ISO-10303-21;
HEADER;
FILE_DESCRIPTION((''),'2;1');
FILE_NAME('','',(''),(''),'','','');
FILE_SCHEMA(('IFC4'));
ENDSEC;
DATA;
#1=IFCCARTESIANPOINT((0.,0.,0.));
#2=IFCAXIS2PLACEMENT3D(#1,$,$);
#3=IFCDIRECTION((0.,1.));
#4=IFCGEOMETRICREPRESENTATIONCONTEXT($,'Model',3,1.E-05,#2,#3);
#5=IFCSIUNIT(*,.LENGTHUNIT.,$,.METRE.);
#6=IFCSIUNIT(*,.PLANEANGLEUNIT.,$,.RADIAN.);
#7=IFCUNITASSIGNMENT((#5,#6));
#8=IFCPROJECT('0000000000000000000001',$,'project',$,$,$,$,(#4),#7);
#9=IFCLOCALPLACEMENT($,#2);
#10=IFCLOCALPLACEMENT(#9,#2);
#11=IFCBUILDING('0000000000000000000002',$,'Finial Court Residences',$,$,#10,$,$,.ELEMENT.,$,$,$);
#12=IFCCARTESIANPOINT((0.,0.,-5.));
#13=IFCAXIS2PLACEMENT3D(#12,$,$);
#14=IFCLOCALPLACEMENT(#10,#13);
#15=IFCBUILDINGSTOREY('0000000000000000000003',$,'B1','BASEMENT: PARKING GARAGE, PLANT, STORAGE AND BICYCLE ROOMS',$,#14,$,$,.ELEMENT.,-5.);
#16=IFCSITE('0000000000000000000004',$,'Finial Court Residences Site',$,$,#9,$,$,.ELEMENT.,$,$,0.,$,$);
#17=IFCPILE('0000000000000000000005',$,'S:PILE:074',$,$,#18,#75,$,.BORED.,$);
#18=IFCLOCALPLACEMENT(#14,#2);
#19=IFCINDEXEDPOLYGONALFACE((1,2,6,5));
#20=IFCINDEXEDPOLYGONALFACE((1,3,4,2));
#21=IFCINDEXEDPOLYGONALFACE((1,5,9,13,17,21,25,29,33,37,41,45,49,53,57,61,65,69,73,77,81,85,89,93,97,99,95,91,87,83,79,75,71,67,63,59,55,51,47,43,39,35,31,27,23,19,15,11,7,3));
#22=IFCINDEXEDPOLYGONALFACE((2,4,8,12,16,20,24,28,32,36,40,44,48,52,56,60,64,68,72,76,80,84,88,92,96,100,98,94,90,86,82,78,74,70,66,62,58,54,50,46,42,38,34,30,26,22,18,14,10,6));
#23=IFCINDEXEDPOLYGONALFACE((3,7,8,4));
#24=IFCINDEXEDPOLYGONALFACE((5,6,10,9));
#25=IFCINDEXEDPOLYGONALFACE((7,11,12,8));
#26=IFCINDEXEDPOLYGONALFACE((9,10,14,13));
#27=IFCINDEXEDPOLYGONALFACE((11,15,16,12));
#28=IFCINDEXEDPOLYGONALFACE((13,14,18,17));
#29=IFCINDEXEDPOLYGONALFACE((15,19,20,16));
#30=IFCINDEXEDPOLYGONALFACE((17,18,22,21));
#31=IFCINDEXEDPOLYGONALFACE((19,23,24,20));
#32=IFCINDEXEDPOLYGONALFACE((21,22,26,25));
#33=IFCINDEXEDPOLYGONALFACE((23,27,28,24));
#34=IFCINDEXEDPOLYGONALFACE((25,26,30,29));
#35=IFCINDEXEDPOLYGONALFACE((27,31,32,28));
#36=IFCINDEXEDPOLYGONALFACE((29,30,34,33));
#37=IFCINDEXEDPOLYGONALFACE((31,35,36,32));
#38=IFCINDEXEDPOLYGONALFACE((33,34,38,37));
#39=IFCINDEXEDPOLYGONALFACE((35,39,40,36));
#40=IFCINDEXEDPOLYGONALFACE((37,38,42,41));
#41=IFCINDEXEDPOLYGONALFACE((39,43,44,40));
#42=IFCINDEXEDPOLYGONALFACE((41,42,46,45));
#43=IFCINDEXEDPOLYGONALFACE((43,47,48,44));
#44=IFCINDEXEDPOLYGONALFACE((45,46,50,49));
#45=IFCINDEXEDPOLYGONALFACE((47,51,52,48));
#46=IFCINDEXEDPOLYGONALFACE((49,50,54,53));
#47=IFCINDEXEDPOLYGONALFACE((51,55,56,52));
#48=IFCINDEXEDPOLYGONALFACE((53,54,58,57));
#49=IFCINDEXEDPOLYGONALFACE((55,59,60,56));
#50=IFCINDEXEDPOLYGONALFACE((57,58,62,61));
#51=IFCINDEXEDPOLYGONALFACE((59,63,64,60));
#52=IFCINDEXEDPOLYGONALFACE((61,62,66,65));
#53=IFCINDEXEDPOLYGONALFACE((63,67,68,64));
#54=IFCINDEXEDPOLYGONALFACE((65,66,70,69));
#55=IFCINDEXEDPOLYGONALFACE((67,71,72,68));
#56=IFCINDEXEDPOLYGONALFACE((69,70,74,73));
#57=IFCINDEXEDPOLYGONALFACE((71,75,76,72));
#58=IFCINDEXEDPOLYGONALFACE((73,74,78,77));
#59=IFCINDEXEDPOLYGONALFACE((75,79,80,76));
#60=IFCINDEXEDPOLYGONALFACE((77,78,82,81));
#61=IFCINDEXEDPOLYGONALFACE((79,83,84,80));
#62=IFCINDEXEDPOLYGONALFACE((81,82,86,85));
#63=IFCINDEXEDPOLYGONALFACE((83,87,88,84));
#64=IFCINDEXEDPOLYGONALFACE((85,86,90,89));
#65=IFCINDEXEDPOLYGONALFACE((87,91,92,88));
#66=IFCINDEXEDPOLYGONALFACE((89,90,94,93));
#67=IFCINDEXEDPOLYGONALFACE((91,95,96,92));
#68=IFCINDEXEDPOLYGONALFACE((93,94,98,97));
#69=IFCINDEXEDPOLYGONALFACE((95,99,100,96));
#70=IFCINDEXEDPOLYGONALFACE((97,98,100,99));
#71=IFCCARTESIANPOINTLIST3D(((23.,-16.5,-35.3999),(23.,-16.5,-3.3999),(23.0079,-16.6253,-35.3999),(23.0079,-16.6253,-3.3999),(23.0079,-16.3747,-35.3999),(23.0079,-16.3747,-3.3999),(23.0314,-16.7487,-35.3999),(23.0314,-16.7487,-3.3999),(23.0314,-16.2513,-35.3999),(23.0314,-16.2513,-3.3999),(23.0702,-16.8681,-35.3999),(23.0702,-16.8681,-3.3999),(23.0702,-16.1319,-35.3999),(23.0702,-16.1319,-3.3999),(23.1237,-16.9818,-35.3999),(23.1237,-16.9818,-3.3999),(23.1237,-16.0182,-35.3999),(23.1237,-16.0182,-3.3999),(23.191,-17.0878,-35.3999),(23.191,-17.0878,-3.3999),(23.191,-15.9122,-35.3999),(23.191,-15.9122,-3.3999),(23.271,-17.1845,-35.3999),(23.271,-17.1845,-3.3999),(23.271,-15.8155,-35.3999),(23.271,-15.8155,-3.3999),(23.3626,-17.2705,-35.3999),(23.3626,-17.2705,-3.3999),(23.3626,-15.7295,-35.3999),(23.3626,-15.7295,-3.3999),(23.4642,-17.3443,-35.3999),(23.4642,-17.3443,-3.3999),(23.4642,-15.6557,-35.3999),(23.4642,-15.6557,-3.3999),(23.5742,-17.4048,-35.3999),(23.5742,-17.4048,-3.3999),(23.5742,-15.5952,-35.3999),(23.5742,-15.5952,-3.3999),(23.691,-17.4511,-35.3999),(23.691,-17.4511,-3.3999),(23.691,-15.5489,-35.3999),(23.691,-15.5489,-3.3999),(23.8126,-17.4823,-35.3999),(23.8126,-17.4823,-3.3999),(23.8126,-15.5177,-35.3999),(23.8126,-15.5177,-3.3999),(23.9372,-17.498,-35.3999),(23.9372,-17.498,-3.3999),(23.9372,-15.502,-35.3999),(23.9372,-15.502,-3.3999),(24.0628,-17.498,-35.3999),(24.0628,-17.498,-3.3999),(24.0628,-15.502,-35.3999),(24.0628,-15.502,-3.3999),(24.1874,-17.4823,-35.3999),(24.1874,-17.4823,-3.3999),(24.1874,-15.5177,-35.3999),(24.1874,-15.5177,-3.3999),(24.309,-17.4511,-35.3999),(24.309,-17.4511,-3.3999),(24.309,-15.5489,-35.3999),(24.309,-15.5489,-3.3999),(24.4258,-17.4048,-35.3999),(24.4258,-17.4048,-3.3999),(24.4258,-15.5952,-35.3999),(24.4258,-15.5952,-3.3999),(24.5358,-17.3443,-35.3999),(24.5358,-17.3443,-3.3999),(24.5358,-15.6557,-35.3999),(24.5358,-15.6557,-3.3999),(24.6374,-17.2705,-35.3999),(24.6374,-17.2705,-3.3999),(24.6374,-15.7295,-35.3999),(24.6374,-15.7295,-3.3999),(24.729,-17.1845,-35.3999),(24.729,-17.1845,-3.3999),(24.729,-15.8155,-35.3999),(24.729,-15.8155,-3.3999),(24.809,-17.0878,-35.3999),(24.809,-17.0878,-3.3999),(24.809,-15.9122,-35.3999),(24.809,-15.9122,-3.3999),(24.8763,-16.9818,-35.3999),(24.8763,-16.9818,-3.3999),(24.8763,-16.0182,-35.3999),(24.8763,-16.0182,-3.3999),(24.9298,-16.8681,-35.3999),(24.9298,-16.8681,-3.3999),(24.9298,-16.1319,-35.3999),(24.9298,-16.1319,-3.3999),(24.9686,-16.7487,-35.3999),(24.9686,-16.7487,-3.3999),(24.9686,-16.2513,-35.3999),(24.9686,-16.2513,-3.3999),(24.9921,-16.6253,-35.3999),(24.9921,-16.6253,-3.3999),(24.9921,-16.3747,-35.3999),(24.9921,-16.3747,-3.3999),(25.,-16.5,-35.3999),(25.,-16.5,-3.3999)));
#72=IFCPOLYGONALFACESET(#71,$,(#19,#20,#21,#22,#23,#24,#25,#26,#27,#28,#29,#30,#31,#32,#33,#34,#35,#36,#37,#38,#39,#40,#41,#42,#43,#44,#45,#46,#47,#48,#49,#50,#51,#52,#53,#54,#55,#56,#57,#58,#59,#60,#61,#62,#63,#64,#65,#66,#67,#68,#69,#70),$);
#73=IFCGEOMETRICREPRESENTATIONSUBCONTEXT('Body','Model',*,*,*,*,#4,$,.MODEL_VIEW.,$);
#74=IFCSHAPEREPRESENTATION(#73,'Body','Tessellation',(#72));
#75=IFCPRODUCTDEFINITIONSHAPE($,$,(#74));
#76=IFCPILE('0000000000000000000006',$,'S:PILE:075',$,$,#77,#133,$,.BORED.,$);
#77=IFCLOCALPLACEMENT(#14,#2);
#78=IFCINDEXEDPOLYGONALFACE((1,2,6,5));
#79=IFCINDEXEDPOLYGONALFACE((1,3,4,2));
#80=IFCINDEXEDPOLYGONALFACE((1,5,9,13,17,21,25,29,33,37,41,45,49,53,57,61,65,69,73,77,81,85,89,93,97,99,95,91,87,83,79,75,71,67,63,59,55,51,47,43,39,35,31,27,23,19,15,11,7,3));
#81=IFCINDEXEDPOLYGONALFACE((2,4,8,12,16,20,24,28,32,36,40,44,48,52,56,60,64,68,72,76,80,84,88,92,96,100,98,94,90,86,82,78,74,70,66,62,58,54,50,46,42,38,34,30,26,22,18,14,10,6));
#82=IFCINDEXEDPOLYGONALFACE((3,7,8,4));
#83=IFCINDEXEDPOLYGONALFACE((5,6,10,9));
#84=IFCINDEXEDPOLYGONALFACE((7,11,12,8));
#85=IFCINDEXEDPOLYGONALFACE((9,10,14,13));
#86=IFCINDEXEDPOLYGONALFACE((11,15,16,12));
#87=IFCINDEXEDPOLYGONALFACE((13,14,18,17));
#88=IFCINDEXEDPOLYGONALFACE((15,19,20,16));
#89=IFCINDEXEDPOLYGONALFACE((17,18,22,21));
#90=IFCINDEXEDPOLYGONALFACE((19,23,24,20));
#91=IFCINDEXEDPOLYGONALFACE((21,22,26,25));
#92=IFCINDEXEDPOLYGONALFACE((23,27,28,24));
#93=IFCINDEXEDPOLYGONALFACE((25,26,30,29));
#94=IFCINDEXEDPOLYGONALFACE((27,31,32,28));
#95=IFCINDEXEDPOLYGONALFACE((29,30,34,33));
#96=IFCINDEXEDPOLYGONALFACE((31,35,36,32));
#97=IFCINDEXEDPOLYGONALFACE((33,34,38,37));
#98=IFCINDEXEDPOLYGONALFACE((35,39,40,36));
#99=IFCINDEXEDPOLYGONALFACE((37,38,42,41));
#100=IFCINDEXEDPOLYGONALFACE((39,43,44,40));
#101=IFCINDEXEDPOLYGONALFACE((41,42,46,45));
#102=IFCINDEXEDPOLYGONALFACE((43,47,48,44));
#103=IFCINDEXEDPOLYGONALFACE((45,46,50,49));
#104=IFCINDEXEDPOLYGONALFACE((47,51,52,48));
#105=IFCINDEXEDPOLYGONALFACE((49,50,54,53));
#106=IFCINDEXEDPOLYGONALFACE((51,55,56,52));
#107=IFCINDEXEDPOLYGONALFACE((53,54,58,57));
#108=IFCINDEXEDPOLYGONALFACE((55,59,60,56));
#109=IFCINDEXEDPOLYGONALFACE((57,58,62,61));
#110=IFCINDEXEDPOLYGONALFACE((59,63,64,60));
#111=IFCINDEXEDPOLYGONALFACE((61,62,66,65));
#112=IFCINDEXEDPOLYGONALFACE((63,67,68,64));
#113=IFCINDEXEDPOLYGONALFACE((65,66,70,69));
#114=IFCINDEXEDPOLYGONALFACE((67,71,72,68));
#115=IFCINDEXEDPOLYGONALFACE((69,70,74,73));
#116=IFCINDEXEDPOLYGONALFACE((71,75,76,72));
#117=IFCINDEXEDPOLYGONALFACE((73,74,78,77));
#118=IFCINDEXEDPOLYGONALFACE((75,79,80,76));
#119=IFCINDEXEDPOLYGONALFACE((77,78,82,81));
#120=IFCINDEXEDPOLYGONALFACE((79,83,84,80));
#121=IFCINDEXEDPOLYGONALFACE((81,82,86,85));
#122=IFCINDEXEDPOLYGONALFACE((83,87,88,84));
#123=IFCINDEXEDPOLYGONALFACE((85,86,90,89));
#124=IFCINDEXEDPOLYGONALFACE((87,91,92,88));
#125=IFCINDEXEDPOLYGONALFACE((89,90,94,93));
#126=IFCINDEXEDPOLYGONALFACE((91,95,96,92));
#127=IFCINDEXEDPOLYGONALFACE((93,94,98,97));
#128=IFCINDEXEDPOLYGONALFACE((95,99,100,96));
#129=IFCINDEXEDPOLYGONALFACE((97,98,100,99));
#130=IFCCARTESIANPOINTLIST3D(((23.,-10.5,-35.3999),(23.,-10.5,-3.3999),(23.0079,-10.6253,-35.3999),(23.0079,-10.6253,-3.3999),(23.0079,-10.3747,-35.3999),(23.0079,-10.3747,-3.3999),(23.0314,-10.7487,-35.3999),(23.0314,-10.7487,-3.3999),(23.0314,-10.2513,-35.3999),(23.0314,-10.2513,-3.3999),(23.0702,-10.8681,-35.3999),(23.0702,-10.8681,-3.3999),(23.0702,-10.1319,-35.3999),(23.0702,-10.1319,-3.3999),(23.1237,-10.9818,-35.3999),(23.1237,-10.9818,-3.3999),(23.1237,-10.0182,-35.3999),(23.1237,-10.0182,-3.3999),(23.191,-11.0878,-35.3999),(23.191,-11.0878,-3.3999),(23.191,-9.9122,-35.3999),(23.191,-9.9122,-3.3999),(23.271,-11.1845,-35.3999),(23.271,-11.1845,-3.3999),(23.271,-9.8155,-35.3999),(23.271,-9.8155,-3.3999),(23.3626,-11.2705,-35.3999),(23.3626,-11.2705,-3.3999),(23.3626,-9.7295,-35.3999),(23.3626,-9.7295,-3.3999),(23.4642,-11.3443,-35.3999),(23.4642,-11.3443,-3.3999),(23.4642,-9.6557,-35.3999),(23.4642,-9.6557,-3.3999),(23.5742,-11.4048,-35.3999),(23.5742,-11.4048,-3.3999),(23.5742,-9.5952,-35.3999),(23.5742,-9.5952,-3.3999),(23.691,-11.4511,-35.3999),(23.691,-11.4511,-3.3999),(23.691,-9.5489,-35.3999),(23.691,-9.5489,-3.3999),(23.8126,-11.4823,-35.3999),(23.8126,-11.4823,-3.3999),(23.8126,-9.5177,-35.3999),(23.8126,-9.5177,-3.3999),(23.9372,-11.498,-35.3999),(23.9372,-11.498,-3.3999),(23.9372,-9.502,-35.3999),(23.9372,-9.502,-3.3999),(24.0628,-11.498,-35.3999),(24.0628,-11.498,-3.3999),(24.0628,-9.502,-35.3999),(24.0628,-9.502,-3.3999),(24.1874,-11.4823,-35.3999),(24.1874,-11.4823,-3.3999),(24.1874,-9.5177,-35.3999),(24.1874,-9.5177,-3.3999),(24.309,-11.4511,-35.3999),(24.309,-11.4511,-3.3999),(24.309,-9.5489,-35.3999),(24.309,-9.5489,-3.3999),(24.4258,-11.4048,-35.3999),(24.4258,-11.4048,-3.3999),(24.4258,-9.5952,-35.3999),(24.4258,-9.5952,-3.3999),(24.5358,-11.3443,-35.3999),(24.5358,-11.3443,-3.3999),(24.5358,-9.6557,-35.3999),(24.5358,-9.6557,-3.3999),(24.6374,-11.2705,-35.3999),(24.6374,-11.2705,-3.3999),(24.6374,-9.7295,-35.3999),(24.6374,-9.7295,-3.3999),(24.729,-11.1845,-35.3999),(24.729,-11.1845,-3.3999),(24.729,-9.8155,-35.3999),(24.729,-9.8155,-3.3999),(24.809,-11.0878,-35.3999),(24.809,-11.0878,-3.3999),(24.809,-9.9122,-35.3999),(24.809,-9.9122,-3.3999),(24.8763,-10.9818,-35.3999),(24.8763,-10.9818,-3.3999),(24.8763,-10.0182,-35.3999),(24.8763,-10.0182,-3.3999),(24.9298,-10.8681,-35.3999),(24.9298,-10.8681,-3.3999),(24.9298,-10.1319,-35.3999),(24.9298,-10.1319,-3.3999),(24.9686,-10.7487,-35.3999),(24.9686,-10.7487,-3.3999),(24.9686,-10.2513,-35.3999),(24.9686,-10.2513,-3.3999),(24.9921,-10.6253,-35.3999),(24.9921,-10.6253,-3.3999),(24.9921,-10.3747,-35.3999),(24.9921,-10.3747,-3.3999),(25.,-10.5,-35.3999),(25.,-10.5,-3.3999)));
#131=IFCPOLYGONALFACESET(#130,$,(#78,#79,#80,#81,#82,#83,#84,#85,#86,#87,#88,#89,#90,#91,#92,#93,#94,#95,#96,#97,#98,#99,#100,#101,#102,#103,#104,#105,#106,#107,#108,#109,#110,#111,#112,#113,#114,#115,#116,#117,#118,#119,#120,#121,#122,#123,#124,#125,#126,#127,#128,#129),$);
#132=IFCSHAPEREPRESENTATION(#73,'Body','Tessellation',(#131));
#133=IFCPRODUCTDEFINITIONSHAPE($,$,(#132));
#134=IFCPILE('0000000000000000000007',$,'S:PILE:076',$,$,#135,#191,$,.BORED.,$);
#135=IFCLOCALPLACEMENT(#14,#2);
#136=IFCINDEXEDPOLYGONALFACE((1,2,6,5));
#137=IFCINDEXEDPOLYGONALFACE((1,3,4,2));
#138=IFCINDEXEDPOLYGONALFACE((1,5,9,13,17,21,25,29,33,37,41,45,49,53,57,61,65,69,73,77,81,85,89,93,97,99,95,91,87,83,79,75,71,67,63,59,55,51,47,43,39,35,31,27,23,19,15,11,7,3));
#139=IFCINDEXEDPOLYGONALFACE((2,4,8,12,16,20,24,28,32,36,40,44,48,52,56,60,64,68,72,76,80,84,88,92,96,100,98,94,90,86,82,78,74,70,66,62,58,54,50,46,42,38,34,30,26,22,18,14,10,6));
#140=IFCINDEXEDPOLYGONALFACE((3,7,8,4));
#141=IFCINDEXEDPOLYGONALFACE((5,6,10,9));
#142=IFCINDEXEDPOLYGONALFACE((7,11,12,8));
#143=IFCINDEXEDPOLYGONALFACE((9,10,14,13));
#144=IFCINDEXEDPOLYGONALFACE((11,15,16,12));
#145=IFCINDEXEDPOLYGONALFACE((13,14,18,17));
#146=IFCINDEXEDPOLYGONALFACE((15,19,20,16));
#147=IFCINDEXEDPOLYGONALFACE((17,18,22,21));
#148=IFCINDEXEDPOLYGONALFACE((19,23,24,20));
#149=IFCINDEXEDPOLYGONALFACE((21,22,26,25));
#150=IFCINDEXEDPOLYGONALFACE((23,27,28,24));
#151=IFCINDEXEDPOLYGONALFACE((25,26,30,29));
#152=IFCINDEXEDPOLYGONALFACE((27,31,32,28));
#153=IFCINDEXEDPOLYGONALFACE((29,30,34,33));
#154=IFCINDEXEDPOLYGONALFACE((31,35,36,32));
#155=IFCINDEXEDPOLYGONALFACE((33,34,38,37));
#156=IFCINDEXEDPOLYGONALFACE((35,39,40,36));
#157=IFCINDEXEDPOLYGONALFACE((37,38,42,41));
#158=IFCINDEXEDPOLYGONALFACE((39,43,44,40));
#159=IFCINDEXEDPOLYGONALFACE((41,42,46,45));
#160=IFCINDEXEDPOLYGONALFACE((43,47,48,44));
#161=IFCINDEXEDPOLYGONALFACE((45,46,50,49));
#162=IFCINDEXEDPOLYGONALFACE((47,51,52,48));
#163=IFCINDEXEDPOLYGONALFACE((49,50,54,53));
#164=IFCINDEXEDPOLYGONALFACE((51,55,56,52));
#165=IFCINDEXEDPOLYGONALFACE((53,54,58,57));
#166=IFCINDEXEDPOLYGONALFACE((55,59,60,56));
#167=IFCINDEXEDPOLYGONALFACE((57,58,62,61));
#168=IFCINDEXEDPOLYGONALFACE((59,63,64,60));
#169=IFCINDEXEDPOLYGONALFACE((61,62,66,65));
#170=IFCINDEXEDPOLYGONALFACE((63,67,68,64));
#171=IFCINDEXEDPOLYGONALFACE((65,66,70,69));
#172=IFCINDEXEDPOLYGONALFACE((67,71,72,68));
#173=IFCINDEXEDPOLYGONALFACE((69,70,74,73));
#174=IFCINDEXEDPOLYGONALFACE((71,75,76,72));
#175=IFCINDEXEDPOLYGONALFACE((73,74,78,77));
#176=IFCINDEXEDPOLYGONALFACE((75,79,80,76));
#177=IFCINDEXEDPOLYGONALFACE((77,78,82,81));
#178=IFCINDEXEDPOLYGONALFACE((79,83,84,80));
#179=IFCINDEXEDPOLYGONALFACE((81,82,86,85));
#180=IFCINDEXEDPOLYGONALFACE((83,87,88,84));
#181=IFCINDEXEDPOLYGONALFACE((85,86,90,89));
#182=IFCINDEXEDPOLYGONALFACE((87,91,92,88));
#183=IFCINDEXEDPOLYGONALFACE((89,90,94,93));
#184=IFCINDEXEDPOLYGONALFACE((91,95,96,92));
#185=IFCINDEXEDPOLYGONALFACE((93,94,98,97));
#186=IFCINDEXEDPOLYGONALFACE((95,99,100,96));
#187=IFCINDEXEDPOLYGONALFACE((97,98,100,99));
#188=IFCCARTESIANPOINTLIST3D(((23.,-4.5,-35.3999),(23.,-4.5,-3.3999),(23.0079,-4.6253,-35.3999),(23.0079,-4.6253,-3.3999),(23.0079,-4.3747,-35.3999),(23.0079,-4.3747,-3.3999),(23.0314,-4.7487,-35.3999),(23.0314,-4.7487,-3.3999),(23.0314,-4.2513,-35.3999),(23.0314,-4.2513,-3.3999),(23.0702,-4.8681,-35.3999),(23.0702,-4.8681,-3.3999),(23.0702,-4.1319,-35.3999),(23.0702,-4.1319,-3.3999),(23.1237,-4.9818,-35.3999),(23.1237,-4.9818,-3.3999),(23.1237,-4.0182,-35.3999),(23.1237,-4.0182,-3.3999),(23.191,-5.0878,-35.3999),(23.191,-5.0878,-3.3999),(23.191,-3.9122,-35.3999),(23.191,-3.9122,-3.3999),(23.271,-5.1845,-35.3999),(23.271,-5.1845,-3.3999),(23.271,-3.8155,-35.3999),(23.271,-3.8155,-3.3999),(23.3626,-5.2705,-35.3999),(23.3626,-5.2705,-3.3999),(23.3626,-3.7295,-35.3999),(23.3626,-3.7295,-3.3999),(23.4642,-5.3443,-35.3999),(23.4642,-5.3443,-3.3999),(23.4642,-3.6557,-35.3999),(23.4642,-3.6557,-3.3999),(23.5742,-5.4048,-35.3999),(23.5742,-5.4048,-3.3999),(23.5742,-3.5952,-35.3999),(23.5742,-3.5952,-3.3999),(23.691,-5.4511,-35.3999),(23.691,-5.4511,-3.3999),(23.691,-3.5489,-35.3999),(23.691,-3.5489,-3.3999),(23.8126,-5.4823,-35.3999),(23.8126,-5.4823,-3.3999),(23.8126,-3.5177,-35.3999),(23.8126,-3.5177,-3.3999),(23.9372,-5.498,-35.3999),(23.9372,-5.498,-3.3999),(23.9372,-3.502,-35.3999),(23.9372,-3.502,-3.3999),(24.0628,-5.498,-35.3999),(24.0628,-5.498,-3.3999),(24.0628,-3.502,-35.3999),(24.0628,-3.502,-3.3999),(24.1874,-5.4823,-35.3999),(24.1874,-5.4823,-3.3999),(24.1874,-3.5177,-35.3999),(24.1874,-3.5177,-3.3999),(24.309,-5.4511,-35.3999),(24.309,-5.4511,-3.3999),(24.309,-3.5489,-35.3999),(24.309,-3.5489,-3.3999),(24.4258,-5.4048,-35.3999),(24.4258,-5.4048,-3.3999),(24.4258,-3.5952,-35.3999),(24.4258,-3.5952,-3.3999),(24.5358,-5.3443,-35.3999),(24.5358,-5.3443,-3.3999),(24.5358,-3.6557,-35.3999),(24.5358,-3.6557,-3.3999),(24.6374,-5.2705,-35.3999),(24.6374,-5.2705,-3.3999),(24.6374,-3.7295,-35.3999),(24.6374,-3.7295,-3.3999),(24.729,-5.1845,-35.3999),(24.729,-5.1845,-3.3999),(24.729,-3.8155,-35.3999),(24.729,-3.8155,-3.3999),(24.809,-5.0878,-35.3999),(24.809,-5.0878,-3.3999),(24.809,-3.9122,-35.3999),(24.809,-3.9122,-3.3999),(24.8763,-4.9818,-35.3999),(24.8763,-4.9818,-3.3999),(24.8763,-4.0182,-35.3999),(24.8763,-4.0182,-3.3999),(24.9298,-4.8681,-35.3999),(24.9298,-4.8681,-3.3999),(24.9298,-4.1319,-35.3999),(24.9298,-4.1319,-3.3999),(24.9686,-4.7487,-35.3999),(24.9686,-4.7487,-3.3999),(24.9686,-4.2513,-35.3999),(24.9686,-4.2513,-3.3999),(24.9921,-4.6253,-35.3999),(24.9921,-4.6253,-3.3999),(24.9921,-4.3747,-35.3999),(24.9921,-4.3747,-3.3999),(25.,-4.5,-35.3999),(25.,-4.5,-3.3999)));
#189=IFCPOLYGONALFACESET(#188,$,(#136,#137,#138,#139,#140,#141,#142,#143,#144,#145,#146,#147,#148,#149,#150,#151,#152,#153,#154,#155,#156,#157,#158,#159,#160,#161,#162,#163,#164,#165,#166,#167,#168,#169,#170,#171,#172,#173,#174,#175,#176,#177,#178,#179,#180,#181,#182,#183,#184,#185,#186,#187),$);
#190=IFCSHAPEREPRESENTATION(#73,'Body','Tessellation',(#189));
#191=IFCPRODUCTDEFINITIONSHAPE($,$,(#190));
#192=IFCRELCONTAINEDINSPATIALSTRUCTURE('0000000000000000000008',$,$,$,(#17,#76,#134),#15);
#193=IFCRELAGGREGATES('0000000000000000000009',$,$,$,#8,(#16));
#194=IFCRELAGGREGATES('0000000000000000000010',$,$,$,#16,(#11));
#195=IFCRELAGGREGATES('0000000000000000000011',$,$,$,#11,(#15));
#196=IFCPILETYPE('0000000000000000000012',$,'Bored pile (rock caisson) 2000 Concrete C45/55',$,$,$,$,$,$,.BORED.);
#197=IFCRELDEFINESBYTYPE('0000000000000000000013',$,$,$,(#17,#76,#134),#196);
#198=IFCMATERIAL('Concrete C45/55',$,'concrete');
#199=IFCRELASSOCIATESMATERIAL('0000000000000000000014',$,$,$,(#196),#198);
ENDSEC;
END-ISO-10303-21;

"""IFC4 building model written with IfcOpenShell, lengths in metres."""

from ifc_helpers import new_model, si_unit, direction, frame, origin, origin_2d, place, context, subcontext, project, spatial, circle, extrude, material, material_profile, profile_set, type_object, element, save


model = new_model("IFC4")

# Units and contexts
model_context = context("Model", 3, precision=1e-05, world=origin(), true_north=direction((0.0, 1.0)))
body_context = subcontext(model_context, "Body", "Model", "MODEL_VIEW")
ifc_project = project(units=[si_unit("LENGTHUNIT", "METRE"), si_unit("PLANEANGLEUNIT", "RADIAN")], contexts=[model_context])

# Site, building, storey
site_placement = place(None, origin())
site = spatial("IfcSite", under=ifc_project, at=site_placement, Name="Finial Court Residences Site", CompositionType="ELEMENT", RefElevation=0.0)
building_placement = place(site_placement, origin())
building = spatial("IfcBuilding", under=site, at=building_placement, Name="Finial Court Residences", CompositionType="ELEMENT")
storey_placement = place(building_placement, frame((0.0, 0.0, -5.0)))
storey = spatial("IfcBuildingStorey", under=building, at=storey_placement, Name="B1", Description="BASEMENT: PARKING GARAGE, PLANT, STORAGE AND BICYCLE ROOMS", CompositionType="ELEMENT", Elevation=-5.0)

# Piles
ifc_material_1 = material(Name="Concrete C45/55", Category="concrete")
ifc_material_profile_1 = material_profile(ifc_material_1, circle(Radius=1.0, at=origin_2d()), Name="D2000")
ifc_profile_set_1 = profile_set([ifc_material_profile_1], Name="Concrete C45/55")
pile_type = type_object("IfcPileType", Name="Bored pile (rock caisson) 2000 Concrete C45/55", PredefinedType="BORED", material=ifc_profile_set_1)
for number, where, z_axis, x_axis, name in (
    (1, (24.0, -16.5, -3.3999), (0.0, 0.0, -1.0), (1.0, 0.0, 0.0), "S:PILE:074"),
    (2, (24.0, -10.5, -3.3999), (0.0, 0.0, -1.0), (1.0, 0.0, 0.0), "S:PILE:075"),
    (3, (24.0, -4.5, -3.3999), (0.0, 0.0, -1.0), (1.0, 0.0, 0.0), "S:PILE:076"),
):
    element("IfcPile", number, at=place(storey_placement, frame(where, z_axis=z_axis, x_axis=x_axis)), inside=storey, type_object=pile_type, Name=name, PredefinedType="BORED", context=body_context, shape_type="SweptSolid", body=[
        extrude(circle(Radius=1.0, at=origin_2d()), origin(), (0.0, 0.0, 1.0), 32.0),
    ])

save(model, "model.ifc")
